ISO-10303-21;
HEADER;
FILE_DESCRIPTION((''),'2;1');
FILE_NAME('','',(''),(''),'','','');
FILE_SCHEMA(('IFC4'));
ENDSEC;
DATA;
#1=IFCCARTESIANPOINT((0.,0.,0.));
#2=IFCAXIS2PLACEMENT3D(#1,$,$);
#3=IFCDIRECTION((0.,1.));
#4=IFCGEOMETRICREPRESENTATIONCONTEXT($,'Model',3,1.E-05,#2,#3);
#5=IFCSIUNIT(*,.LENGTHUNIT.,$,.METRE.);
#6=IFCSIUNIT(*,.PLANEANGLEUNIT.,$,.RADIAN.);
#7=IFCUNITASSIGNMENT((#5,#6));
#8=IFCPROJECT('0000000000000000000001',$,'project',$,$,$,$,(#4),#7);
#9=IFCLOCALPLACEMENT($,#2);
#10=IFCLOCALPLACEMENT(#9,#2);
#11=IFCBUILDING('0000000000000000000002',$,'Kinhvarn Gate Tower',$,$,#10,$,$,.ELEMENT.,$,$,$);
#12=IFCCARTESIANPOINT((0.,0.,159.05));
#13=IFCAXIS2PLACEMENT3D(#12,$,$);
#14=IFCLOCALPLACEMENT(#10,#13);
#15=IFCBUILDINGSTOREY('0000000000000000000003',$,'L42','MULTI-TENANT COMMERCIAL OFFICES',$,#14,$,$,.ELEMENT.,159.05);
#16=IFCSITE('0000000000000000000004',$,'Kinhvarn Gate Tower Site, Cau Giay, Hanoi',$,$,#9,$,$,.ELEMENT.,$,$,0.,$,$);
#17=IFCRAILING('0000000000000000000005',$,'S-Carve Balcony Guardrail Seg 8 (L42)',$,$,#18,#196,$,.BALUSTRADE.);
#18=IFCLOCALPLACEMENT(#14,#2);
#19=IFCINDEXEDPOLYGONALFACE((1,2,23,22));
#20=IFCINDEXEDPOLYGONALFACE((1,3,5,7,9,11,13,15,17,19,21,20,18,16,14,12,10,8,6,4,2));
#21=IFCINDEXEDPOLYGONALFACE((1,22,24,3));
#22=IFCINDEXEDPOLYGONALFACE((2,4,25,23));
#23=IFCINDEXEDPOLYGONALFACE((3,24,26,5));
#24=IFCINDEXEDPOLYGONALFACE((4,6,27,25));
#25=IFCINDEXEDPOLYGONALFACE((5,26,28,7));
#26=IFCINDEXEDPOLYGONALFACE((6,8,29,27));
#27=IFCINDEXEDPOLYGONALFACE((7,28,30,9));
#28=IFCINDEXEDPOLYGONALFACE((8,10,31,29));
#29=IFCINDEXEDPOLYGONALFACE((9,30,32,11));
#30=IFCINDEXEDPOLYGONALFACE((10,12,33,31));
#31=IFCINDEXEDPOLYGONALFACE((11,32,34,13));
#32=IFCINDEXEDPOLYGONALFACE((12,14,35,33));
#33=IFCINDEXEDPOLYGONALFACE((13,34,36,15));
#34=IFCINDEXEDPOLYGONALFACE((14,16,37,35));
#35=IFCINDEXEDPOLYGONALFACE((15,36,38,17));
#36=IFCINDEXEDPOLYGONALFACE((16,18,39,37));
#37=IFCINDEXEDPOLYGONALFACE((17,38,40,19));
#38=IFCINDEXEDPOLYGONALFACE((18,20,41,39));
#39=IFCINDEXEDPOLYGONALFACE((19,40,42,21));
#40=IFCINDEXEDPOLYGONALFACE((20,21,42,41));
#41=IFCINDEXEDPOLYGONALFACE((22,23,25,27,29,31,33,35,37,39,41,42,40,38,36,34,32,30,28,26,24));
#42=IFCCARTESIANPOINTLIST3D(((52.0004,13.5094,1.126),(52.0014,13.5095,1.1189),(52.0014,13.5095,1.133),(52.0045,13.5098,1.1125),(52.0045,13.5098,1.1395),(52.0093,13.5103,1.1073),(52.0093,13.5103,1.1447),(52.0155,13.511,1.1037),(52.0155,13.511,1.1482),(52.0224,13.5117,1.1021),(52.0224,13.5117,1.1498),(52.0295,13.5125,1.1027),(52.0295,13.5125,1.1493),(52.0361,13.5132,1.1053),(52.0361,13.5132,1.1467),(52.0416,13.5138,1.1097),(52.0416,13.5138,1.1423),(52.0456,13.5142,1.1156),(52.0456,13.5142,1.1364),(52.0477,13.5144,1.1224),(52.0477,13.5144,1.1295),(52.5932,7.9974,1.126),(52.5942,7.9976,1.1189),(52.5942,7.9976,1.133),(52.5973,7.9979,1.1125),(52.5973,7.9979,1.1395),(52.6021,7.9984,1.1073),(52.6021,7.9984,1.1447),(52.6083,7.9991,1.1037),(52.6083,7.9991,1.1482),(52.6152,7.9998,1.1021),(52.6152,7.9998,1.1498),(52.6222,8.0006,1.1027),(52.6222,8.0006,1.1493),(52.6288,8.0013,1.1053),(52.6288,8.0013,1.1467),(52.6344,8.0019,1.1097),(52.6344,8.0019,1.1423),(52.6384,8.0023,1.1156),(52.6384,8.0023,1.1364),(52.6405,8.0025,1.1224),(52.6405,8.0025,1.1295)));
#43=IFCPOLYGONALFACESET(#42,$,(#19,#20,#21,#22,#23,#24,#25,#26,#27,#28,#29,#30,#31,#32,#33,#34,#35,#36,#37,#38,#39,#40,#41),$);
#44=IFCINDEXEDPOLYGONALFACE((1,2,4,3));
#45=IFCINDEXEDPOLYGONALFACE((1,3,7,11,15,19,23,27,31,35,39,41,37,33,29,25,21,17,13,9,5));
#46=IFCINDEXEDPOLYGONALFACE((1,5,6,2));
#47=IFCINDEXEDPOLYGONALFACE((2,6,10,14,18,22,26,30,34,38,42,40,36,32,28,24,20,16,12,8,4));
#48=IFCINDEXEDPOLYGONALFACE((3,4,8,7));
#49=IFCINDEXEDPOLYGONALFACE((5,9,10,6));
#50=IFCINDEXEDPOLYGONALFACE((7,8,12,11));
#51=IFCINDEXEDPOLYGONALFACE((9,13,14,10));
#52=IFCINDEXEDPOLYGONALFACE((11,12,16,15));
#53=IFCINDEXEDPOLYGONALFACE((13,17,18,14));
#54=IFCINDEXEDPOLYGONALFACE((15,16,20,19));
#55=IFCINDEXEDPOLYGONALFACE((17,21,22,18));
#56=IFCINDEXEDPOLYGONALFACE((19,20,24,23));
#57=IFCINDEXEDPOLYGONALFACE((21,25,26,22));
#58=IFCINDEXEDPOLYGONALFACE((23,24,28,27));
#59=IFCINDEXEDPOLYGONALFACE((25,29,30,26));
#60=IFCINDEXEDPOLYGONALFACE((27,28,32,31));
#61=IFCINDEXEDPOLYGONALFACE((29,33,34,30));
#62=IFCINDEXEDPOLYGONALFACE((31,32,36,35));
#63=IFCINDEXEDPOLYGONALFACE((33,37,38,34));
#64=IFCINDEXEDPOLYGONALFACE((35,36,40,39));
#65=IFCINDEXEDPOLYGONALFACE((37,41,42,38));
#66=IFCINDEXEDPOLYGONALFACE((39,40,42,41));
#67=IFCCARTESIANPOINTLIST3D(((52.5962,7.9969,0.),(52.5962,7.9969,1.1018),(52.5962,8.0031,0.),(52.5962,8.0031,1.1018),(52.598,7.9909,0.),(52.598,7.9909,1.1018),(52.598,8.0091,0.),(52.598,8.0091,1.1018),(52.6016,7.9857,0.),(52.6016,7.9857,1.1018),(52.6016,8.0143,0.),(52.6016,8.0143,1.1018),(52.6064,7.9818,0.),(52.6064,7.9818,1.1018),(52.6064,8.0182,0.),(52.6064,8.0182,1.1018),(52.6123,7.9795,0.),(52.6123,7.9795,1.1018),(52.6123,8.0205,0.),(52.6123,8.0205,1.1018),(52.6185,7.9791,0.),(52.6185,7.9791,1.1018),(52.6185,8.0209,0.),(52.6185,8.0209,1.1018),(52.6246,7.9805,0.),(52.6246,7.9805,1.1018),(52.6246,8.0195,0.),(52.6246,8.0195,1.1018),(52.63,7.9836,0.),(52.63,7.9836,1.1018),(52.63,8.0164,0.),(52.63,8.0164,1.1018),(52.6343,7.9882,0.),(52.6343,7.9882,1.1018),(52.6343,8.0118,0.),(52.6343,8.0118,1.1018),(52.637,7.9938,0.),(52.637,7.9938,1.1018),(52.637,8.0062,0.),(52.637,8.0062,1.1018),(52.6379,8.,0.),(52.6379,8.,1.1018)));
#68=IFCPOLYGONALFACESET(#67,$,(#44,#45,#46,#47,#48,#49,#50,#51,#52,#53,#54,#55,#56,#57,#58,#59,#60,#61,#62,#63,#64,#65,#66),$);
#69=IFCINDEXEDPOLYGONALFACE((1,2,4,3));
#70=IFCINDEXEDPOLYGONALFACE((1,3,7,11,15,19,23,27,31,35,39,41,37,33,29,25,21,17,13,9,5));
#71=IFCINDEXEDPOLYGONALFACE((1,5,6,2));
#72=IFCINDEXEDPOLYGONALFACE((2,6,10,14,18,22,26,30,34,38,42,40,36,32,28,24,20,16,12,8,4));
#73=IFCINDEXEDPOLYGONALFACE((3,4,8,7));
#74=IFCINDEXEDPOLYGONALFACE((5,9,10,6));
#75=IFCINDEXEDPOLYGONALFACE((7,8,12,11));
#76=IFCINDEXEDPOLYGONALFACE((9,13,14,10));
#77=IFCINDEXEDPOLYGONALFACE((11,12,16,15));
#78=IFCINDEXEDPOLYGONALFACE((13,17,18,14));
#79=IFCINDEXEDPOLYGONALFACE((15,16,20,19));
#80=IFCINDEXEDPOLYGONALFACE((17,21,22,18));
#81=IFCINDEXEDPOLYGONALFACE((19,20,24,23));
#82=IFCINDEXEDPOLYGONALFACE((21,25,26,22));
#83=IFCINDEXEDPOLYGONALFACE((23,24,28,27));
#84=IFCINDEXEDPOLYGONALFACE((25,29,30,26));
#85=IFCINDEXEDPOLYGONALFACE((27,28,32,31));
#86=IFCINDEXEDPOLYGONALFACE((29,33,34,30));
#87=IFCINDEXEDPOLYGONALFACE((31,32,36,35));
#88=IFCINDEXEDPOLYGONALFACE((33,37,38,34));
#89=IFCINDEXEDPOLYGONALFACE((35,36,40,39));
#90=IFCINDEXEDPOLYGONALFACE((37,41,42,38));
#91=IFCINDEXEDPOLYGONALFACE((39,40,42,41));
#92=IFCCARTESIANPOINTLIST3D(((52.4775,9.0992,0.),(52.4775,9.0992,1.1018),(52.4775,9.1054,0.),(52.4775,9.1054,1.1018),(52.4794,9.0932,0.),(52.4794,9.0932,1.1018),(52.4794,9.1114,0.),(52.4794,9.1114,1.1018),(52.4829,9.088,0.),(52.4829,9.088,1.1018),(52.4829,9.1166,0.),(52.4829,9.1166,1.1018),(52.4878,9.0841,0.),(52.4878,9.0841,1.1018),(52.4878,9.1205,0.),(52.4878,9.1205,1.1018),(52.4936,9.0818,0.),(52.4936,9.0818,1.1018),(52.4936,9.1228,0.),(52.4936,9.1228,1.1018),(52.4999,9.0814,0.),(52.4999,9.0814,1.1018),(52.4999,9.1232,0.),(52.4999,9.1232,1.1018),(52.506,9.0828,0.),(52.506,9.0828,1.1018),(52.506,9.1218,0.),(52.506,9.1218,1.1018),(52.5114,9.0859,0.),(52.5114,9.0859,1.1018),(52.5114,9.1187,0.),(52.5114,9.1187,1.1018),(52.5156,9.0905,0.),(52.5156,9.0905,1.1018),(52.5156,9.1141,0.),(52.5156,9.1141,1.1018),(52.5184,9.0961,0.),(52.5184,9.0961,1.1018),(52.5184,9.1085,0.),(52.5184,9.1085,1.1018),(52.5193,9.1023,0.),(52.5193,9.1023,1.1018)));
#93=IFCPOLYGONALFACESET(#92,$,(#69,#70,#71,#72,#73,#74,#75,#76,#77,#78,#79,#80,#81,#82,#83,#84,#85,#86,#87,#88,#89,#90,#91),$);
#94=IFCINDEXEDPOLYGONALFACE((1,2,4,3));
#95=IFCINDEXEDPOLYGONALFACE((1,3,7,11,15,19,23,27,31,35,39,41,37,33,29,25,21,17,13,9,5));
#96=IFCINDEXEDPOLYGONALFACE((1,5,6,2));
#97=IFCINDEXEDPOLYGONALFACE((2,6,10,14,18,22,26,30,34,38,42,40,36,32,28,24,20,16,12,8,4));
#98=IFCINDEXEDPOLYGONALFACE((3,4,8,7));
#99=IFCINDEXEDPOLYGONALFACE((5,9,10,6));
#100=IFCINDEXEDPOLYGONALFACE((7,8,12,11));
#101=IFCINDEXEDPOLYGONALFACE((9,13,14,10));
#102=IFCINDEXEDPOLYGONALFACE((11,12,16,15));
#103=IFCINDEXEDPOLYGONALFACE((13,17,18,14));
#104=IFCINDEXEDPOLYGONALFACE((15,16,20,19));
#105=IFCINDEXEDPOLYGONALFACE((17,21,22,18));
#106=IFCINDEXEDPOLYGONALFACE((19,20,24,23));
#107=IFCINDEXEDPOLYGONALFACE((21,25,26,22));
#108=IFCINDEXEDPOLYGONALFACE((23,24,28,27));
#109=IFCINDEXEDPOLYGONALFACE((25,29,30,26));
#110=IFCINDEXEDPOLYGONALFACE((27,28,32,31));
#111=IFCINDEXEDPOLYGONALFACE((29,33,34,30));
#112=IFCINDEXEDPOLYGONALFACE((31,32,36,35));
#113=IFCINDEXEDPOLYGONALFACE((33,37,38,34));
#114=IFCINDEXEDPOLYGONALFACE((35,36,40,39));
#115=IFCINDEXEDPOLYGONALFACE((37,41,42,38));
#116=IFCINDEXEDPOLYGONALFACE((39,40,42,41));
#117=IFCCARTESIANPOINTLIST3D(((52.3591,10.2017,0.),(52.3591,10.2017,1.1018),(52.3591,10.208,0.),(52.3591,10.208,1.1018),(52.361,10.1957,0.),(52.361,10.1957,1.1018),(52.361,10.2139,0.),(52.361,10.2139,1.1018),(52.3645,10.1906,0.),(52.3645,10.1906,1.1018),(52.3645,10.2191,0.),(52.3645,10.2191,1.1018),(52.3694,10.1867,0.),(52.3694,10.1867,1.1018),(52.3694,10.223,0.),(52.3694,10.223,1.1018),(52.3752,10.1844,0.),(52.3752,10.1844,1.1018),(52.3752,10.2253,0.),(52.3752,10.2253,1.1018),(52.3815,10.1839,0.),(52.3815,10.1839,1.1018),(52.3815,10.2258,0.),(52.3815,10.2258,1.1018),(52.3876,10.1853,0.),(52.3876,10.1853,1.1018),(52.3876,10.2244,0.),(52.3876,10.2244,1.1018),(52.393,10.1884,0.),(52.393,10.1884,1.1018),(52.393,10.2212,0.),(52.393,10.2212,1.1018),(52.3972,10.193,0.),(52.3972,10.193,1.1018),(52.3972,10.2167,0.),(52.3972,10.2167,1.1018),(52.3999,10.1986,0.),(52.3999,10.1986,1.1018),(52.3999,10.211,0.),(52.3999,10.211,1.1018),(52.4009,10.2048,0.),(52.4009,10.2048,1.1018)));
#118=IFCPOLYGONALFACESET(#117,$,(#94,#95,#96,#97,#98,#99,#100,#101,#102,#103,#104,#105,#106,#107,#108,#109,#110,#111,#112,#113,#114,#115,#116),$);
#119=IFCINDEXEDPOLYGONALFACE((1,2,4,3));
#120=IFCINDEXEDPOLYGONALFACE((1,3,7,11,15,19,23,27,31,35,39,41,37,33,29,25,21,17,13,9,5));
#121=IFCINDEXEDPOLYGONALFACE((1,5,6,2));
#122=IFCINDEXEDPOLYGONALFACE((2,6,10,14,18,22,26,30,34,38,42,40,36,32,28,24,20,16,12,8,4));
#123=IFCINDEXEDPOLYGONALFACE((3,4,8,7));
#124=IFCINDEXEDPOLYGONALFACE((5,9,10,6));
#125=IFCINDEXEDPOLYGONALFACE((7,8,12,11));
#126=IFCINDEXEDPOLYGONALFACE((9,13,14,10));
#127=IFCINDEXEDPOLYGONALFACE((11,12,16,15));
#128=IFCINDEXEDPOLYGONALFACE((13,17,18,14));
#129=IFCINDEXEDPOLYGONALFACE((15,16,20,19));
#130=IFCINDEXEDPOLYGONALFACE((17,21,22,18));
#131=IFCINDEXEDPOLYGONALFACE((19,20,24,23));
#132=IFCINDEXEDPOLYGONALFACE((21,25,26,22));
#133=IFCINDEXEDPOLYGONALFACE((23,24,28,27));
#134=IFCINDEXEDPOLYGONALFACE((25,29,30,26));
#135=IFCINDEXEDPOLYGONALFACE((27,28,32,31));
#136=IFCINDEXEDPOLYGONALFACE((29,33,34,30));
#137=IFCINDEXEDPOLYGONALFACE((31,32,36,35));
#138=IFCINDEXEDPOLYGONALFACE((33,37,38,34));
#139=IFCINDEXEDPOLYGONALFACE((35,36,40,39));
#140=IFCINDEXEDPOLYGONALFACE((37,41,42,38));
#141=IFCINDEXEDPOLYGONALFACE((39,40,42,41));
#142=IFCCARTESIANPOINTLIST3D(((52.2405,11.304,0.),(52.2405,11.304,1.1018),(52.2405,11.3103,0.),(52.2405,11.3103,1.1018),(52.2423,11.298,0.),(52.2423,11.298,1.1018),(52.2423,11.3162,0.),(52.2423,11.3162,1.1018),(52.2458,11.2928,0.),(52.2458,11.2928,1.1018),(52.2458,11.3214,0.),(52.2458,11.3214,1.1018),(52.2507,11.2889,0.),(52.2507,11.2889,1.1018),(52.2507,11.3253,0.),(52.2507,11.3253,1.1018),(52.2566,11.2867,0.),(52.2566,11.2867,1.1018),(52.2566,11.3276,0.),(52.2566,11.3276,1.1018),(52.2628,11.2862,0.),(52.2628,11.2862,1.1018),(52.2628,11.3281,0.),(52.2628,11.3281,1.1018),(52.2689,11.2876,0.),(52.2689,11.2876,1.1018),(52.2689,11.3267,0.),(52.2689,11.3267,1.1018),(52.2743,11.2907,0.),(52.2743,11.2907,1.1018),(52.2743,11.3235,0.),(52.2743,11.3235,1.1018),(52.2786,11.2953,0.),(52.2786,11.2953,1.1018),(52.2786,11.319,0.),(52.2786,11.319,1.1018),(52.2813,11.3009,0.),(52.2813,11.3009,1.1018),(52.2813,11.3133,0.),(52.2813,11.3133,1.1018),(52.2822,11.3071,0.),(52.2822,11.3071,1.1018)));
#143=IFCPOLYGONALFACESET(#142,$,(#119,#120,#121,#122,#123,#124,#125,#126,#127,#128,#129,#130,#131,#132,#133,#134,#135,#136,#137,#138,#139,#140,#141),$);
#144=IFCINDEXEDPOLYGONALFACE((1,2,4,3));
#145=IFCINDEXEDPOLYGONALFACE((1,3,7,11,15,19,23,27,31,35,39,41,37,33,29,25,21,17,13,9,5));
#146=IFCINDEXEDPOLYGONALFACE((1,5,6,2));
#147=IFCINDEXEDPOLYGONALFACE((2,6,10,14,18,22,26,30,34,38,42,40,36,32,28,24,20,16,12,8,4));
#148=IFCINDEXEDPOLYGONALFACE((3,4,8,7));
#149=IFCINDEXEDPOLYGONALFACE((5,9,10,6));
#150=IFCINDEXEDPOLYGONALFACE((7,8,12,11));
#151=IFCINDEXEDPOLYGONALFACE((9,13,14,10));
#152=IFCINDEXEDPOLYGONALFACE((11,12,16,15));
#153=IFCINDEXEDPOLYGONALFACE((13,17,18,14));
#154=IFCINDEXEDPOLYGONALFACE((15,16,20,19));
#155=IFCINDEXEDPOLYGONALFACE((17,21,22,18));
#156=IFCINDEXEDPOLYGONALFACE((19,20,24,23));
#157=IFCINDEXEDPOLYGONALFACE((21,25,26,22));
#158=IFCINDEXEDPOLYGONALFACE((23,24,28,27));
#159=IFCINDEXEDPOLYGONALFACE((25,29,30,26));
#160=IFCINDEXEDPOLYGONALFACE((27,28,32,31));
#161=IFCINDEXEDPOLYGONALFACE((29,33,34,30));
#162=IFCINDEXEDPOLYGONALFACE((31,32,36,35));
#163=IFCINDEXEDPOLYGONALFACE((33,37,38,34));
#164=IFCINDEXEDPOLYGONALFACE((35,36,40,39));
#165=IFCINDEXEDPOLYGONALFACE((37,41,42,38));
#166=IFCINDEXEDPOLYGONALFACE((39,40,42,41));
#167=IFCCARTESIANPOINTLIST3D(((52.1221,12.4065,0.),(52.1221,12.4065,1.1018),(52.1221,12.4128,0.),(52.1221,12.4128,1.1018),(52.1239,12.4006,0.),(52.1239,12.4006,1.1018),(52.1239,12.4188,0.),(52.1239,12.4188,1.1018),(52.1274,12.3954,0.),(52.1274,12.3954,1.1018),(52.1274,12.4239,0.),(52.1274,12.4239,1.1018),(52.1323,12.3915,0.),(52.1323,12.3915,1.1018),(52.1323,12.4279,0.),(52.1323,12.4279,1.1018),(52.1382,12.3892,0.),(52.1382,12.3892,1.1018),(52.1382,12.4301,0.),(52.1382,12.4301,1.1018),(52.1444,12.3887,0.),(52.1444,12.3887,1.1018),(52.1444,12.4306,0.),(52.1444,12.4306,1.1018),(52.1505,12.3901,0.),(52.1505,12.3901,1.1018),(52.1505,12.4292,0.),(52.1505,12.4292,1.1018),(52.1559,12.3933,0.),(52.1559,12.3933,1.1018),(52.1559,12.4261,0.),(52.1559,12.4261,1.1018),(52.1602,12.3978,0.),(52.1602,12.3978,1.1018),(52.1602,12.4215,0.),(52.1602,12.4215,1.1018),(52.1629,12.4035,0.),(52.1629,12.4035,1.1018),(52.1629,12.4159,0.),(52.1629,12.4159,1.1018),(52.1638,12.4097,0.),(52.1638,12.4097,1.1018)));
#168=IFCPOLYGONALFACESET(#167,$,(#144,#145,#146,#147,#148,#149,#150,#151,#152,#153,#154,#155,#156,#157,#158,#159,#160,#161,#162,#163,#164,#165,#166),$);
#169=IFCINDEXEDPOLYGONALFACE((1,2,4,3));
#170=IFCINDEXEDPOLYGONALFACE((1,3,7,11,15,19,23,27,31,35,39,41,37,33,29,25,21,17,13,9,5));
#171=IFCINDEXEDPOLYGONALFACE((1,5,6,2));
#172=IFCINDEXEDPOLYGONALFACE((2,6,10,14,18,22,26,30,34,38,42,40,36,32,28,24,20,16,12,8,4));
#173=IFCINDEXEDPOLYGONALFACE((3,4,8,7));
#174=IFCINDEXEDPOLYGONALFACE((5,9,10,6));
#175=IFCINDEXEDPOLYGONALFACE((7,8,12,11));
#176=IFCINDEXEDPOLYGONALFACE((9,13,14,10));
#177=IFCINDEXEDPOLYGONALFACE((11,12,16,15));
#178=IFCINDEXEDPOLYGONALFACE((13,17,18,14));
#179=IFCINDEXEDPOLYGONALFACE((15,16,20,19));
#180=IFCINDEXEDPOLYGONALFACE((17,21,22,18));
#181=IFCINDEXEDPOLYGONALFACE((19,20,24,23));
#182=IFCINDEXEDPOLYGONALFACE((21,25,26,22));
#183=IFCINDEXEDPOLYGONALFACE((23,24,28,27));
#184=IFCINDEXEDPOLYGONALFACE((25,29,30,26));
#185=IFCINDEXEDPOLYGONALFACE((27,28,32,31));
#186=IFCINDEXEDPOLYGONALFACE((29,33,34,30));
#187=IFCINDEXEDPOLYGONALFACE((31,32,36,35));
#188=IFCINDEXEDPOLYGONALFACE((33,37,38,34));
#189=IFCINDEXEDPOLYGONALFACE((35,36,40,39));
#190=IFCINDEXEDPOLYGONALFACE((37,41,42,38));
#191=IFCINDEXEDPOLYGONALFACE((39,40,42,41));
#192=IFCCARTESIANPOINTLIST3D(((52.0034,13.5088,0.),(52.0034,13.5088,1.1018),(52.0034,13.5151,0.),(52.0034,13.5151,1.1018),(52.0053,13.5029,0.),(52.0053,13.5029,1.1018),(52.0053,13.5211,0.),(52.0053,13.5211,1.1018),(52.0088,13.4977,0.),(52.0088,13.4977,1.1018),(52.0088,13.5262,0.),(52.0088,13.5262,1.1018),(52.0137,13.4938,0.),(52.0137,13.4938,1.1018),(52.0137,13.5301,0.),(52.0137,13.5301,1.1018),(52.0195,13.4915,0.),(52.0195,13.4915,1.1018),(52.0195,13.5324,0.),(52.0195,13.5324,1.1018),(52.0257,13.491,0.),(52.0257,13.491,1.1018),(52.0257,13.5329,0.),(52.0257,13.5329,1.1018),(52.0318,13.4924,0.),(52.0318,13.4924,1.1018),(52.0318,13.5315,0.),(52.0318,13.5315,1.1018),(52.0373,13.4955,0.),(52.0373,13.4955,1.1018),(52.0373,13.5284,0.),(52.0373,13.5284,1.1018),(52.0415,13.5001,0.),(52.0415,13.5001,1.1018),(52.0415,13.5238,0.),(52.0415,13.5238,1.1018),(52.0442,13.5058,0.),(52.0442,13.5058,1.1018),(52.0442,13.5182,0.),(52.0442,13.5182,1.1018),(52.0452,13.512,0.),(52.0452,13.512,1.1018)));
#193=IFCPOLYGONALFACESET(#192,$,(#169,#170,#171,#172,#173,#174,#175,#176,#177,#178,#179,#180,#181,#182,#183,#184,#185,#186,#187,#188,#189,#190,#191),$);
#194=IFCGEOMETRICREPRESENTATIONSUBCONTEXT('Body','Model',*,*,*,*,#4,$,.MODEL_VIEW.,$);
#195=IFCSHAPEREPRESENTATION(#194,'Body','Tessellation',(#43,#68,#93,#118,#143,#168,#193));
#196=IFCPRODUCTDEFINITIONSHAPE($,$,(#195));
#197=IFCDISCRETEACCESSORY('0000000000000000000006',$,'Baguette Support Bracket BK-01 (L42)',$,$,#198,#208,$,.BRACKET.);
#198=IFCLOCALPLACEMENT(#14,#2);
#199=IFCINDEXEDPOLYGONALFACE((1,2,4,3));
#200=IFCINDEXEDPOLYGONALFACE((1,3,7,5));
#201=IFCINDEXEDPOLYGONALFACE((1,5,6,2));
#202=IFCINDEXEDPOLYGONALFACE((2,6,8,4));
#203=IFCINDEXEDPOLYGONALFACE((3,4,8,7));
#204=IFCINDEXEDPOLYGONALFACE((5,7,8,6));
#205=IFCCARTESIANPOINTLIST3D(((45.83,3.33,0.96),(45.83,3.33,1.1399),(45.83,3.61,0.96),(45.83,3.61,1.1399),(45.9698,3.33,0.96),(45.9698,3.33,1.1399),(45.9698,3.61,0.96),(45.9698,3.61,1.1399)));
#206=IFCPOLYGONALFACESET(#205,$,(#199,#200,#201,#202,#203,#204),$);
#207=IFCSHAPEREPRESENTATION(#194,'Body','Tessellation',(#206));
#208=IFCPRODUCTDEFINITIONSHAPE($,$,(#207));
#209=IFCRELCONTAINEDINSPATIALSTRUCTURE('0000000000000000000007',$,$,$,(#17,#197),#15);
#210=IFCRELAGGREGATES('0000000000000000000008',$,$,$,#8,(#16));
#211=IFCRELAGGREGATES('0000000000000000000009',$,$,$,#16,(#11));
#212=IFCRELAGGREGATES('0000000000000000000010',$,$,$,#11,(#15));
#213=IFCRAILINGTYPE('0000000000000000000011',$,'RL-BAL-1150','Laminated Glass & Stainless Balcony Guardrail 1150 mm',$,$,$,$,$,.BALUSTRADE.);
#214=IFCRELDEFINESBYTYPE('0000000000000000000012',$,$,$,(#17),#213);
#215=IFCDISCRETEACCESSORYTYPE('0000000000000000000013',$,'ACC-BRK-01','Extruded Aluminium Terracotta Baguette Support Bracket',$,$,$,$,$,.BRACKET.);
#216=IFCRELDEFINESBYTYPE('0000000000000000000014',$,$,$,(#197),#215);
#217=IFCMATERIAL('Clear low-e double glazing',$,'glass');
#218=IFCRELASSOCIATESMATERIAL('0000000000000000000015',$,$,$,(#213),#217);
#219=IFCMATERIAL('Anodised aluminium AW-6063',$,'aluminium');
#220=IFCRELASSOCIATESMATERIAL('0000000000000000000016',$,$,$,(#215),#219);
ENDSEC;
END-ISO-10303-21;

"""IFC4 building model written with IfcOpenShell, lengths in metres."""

from ifc_helpers import new_model, si_unit, direction, frame, origin, origin_2d, place, context, subcontext, project, spatial, rectangle, circle, extrude, material, type_object, element, save


model = new_model("IFC4")

# Units and contexts
model_context = context("Model", 3, precision=1e-05, world=origin(), true_north=direction((0.0, 1.0)))
body_context = subcontext(model_context, "Body", "Model", "MODEL_VIEW")
ifc_project = project(units=[si_unit("LENGTHUNIT", "METRE"), si_unit("PLANEANGLEUNIT", "RADIAN")], contexts=[model_context])

# Site, building, storey
site_placement = place(None, origin())
site = spatial("IfcSite", under=ifc_project, at=site_placement, Name="Kinhvarn Gate Tower Site, Cau Giay, Hanoi", CompositionType="ELEMENT", RefElevation=0.0)
building_placement = place(site_placement, origin())
building = spatial("IfcBuilding", under=site, at=building_placement, Name="Kinhvarn Gate Tower", CompositionType="ELEMENT")
storey_placement = place(building_placement, frame((0.0, 0.0, 159.05)))
storey = spatial("IfcBuildingStorey", under=building, at=storey_placement, Name="L42", Description="MULTI-TENANT COMMERCIAL OFFICES", CompositionType="ELEMENT", Elevation=159.05)

# Shared definitions
ifc_material_1 = material(Name="Anodised aluminium AW-6063", Category="aluminium")

# Shared definitions
ifc_material_2 = material(Name="Clear low-e double glazing", Category="glass")

# Railing
railing_type = type_object("IfcRailingType", Name="RL-BAL-1150", Description="Laminated Glass & Stainless Balcony Guardrail 1150 mm", PredefinedType="BALUSTRADE", material=ifc_material_2)
railing_1_placement = place(storey_placement, frame((52.6169, 8.0, 0.0)))
element("IfcRailing", 1, at=railing_1_placement, inside=storey, type_object=railing_type, Name="S-Carve Balcony Guardrail Seg 8 (L42)", PredefinedType="BALUSTRADE", context=body_context, shape_type="SweptSolid", body=[
    extrude(circle(Radius=0.0239, at=origin_2d()), frame((0.0, 0.0, 1.126), z_axis=(-0.106927, 0.994267, 0.0), x_axis=(-0.994267, -0.106927, 0.0)), (0.0, 0.0, 1.0), 5.5437),
    extrude(circle(Radius=0.021, at=origin_2d()), origin(), (0.0, 0.0, 1.0), 1.1018),
    extrude(circle(Radius=0.021, at=origin_2d()), frame((-0.1187, 1.1023, 0.0)), (0.0, 0.0, 1.0), 1.1018),
    extrude(circle(Radius=0.021, at=origin_2d()), frame((-0.2371, 2.2048, 0.0)), (0.0, 0.0, 1.0), 1.1018),
    extrude(circle(Radius=0.021, at=origin_2d()), frame((-0.3557, 3.3071, 0.0)), (0.0, 0.0, 1.0), 1.1018),
    extrude(circle(Radius=0.021, at=origin_2d()), frame((-0.4741, 4.4097, 0.0)), (0.0, 0.0, 1.0), 1.1018),
    extrude(circle(Radius=0.021, at=origin_2d()), frame((-0.5928, 5.512, 0.0)), (0.0, 0.0, 1.0), 1.1018),
])

# Discrete accessory
discrete_accessory_type = type_object("IfcDiscreteAccessoryType", Name="ACC-BRK-01", Description="Extruded Aluminium Terracotta Baguette Support Bracket", PredefinedType="BRACKET", material=ifc_material_1)
for number, where, z_axis, x_axis, name in (
    (2, (45.8999, 3.47, 0.96), (0.0, 0.0, 1.0), (1.0, 0.0, 0.0), "Baguette Support Bracket BK-01 (L42)"),
):
    element("IfcDiscreteAccessory", number, at=place(storey_placement, frame(where, z_axis=z_axis, x_axis=x_axis)), inside=storey, type_object=discrete_accessory_type, Name=name, PredefinedType="BRACKET", context=body_context, shape_type="SweptSolid", body=[
        extrude(rectangle(XDim=0.1399, YDim=0.28, at=origin_2d()), origin(), (0.0, 0.0, 1.0), 0.1799),
    ])

save(model, "model.ifc")
